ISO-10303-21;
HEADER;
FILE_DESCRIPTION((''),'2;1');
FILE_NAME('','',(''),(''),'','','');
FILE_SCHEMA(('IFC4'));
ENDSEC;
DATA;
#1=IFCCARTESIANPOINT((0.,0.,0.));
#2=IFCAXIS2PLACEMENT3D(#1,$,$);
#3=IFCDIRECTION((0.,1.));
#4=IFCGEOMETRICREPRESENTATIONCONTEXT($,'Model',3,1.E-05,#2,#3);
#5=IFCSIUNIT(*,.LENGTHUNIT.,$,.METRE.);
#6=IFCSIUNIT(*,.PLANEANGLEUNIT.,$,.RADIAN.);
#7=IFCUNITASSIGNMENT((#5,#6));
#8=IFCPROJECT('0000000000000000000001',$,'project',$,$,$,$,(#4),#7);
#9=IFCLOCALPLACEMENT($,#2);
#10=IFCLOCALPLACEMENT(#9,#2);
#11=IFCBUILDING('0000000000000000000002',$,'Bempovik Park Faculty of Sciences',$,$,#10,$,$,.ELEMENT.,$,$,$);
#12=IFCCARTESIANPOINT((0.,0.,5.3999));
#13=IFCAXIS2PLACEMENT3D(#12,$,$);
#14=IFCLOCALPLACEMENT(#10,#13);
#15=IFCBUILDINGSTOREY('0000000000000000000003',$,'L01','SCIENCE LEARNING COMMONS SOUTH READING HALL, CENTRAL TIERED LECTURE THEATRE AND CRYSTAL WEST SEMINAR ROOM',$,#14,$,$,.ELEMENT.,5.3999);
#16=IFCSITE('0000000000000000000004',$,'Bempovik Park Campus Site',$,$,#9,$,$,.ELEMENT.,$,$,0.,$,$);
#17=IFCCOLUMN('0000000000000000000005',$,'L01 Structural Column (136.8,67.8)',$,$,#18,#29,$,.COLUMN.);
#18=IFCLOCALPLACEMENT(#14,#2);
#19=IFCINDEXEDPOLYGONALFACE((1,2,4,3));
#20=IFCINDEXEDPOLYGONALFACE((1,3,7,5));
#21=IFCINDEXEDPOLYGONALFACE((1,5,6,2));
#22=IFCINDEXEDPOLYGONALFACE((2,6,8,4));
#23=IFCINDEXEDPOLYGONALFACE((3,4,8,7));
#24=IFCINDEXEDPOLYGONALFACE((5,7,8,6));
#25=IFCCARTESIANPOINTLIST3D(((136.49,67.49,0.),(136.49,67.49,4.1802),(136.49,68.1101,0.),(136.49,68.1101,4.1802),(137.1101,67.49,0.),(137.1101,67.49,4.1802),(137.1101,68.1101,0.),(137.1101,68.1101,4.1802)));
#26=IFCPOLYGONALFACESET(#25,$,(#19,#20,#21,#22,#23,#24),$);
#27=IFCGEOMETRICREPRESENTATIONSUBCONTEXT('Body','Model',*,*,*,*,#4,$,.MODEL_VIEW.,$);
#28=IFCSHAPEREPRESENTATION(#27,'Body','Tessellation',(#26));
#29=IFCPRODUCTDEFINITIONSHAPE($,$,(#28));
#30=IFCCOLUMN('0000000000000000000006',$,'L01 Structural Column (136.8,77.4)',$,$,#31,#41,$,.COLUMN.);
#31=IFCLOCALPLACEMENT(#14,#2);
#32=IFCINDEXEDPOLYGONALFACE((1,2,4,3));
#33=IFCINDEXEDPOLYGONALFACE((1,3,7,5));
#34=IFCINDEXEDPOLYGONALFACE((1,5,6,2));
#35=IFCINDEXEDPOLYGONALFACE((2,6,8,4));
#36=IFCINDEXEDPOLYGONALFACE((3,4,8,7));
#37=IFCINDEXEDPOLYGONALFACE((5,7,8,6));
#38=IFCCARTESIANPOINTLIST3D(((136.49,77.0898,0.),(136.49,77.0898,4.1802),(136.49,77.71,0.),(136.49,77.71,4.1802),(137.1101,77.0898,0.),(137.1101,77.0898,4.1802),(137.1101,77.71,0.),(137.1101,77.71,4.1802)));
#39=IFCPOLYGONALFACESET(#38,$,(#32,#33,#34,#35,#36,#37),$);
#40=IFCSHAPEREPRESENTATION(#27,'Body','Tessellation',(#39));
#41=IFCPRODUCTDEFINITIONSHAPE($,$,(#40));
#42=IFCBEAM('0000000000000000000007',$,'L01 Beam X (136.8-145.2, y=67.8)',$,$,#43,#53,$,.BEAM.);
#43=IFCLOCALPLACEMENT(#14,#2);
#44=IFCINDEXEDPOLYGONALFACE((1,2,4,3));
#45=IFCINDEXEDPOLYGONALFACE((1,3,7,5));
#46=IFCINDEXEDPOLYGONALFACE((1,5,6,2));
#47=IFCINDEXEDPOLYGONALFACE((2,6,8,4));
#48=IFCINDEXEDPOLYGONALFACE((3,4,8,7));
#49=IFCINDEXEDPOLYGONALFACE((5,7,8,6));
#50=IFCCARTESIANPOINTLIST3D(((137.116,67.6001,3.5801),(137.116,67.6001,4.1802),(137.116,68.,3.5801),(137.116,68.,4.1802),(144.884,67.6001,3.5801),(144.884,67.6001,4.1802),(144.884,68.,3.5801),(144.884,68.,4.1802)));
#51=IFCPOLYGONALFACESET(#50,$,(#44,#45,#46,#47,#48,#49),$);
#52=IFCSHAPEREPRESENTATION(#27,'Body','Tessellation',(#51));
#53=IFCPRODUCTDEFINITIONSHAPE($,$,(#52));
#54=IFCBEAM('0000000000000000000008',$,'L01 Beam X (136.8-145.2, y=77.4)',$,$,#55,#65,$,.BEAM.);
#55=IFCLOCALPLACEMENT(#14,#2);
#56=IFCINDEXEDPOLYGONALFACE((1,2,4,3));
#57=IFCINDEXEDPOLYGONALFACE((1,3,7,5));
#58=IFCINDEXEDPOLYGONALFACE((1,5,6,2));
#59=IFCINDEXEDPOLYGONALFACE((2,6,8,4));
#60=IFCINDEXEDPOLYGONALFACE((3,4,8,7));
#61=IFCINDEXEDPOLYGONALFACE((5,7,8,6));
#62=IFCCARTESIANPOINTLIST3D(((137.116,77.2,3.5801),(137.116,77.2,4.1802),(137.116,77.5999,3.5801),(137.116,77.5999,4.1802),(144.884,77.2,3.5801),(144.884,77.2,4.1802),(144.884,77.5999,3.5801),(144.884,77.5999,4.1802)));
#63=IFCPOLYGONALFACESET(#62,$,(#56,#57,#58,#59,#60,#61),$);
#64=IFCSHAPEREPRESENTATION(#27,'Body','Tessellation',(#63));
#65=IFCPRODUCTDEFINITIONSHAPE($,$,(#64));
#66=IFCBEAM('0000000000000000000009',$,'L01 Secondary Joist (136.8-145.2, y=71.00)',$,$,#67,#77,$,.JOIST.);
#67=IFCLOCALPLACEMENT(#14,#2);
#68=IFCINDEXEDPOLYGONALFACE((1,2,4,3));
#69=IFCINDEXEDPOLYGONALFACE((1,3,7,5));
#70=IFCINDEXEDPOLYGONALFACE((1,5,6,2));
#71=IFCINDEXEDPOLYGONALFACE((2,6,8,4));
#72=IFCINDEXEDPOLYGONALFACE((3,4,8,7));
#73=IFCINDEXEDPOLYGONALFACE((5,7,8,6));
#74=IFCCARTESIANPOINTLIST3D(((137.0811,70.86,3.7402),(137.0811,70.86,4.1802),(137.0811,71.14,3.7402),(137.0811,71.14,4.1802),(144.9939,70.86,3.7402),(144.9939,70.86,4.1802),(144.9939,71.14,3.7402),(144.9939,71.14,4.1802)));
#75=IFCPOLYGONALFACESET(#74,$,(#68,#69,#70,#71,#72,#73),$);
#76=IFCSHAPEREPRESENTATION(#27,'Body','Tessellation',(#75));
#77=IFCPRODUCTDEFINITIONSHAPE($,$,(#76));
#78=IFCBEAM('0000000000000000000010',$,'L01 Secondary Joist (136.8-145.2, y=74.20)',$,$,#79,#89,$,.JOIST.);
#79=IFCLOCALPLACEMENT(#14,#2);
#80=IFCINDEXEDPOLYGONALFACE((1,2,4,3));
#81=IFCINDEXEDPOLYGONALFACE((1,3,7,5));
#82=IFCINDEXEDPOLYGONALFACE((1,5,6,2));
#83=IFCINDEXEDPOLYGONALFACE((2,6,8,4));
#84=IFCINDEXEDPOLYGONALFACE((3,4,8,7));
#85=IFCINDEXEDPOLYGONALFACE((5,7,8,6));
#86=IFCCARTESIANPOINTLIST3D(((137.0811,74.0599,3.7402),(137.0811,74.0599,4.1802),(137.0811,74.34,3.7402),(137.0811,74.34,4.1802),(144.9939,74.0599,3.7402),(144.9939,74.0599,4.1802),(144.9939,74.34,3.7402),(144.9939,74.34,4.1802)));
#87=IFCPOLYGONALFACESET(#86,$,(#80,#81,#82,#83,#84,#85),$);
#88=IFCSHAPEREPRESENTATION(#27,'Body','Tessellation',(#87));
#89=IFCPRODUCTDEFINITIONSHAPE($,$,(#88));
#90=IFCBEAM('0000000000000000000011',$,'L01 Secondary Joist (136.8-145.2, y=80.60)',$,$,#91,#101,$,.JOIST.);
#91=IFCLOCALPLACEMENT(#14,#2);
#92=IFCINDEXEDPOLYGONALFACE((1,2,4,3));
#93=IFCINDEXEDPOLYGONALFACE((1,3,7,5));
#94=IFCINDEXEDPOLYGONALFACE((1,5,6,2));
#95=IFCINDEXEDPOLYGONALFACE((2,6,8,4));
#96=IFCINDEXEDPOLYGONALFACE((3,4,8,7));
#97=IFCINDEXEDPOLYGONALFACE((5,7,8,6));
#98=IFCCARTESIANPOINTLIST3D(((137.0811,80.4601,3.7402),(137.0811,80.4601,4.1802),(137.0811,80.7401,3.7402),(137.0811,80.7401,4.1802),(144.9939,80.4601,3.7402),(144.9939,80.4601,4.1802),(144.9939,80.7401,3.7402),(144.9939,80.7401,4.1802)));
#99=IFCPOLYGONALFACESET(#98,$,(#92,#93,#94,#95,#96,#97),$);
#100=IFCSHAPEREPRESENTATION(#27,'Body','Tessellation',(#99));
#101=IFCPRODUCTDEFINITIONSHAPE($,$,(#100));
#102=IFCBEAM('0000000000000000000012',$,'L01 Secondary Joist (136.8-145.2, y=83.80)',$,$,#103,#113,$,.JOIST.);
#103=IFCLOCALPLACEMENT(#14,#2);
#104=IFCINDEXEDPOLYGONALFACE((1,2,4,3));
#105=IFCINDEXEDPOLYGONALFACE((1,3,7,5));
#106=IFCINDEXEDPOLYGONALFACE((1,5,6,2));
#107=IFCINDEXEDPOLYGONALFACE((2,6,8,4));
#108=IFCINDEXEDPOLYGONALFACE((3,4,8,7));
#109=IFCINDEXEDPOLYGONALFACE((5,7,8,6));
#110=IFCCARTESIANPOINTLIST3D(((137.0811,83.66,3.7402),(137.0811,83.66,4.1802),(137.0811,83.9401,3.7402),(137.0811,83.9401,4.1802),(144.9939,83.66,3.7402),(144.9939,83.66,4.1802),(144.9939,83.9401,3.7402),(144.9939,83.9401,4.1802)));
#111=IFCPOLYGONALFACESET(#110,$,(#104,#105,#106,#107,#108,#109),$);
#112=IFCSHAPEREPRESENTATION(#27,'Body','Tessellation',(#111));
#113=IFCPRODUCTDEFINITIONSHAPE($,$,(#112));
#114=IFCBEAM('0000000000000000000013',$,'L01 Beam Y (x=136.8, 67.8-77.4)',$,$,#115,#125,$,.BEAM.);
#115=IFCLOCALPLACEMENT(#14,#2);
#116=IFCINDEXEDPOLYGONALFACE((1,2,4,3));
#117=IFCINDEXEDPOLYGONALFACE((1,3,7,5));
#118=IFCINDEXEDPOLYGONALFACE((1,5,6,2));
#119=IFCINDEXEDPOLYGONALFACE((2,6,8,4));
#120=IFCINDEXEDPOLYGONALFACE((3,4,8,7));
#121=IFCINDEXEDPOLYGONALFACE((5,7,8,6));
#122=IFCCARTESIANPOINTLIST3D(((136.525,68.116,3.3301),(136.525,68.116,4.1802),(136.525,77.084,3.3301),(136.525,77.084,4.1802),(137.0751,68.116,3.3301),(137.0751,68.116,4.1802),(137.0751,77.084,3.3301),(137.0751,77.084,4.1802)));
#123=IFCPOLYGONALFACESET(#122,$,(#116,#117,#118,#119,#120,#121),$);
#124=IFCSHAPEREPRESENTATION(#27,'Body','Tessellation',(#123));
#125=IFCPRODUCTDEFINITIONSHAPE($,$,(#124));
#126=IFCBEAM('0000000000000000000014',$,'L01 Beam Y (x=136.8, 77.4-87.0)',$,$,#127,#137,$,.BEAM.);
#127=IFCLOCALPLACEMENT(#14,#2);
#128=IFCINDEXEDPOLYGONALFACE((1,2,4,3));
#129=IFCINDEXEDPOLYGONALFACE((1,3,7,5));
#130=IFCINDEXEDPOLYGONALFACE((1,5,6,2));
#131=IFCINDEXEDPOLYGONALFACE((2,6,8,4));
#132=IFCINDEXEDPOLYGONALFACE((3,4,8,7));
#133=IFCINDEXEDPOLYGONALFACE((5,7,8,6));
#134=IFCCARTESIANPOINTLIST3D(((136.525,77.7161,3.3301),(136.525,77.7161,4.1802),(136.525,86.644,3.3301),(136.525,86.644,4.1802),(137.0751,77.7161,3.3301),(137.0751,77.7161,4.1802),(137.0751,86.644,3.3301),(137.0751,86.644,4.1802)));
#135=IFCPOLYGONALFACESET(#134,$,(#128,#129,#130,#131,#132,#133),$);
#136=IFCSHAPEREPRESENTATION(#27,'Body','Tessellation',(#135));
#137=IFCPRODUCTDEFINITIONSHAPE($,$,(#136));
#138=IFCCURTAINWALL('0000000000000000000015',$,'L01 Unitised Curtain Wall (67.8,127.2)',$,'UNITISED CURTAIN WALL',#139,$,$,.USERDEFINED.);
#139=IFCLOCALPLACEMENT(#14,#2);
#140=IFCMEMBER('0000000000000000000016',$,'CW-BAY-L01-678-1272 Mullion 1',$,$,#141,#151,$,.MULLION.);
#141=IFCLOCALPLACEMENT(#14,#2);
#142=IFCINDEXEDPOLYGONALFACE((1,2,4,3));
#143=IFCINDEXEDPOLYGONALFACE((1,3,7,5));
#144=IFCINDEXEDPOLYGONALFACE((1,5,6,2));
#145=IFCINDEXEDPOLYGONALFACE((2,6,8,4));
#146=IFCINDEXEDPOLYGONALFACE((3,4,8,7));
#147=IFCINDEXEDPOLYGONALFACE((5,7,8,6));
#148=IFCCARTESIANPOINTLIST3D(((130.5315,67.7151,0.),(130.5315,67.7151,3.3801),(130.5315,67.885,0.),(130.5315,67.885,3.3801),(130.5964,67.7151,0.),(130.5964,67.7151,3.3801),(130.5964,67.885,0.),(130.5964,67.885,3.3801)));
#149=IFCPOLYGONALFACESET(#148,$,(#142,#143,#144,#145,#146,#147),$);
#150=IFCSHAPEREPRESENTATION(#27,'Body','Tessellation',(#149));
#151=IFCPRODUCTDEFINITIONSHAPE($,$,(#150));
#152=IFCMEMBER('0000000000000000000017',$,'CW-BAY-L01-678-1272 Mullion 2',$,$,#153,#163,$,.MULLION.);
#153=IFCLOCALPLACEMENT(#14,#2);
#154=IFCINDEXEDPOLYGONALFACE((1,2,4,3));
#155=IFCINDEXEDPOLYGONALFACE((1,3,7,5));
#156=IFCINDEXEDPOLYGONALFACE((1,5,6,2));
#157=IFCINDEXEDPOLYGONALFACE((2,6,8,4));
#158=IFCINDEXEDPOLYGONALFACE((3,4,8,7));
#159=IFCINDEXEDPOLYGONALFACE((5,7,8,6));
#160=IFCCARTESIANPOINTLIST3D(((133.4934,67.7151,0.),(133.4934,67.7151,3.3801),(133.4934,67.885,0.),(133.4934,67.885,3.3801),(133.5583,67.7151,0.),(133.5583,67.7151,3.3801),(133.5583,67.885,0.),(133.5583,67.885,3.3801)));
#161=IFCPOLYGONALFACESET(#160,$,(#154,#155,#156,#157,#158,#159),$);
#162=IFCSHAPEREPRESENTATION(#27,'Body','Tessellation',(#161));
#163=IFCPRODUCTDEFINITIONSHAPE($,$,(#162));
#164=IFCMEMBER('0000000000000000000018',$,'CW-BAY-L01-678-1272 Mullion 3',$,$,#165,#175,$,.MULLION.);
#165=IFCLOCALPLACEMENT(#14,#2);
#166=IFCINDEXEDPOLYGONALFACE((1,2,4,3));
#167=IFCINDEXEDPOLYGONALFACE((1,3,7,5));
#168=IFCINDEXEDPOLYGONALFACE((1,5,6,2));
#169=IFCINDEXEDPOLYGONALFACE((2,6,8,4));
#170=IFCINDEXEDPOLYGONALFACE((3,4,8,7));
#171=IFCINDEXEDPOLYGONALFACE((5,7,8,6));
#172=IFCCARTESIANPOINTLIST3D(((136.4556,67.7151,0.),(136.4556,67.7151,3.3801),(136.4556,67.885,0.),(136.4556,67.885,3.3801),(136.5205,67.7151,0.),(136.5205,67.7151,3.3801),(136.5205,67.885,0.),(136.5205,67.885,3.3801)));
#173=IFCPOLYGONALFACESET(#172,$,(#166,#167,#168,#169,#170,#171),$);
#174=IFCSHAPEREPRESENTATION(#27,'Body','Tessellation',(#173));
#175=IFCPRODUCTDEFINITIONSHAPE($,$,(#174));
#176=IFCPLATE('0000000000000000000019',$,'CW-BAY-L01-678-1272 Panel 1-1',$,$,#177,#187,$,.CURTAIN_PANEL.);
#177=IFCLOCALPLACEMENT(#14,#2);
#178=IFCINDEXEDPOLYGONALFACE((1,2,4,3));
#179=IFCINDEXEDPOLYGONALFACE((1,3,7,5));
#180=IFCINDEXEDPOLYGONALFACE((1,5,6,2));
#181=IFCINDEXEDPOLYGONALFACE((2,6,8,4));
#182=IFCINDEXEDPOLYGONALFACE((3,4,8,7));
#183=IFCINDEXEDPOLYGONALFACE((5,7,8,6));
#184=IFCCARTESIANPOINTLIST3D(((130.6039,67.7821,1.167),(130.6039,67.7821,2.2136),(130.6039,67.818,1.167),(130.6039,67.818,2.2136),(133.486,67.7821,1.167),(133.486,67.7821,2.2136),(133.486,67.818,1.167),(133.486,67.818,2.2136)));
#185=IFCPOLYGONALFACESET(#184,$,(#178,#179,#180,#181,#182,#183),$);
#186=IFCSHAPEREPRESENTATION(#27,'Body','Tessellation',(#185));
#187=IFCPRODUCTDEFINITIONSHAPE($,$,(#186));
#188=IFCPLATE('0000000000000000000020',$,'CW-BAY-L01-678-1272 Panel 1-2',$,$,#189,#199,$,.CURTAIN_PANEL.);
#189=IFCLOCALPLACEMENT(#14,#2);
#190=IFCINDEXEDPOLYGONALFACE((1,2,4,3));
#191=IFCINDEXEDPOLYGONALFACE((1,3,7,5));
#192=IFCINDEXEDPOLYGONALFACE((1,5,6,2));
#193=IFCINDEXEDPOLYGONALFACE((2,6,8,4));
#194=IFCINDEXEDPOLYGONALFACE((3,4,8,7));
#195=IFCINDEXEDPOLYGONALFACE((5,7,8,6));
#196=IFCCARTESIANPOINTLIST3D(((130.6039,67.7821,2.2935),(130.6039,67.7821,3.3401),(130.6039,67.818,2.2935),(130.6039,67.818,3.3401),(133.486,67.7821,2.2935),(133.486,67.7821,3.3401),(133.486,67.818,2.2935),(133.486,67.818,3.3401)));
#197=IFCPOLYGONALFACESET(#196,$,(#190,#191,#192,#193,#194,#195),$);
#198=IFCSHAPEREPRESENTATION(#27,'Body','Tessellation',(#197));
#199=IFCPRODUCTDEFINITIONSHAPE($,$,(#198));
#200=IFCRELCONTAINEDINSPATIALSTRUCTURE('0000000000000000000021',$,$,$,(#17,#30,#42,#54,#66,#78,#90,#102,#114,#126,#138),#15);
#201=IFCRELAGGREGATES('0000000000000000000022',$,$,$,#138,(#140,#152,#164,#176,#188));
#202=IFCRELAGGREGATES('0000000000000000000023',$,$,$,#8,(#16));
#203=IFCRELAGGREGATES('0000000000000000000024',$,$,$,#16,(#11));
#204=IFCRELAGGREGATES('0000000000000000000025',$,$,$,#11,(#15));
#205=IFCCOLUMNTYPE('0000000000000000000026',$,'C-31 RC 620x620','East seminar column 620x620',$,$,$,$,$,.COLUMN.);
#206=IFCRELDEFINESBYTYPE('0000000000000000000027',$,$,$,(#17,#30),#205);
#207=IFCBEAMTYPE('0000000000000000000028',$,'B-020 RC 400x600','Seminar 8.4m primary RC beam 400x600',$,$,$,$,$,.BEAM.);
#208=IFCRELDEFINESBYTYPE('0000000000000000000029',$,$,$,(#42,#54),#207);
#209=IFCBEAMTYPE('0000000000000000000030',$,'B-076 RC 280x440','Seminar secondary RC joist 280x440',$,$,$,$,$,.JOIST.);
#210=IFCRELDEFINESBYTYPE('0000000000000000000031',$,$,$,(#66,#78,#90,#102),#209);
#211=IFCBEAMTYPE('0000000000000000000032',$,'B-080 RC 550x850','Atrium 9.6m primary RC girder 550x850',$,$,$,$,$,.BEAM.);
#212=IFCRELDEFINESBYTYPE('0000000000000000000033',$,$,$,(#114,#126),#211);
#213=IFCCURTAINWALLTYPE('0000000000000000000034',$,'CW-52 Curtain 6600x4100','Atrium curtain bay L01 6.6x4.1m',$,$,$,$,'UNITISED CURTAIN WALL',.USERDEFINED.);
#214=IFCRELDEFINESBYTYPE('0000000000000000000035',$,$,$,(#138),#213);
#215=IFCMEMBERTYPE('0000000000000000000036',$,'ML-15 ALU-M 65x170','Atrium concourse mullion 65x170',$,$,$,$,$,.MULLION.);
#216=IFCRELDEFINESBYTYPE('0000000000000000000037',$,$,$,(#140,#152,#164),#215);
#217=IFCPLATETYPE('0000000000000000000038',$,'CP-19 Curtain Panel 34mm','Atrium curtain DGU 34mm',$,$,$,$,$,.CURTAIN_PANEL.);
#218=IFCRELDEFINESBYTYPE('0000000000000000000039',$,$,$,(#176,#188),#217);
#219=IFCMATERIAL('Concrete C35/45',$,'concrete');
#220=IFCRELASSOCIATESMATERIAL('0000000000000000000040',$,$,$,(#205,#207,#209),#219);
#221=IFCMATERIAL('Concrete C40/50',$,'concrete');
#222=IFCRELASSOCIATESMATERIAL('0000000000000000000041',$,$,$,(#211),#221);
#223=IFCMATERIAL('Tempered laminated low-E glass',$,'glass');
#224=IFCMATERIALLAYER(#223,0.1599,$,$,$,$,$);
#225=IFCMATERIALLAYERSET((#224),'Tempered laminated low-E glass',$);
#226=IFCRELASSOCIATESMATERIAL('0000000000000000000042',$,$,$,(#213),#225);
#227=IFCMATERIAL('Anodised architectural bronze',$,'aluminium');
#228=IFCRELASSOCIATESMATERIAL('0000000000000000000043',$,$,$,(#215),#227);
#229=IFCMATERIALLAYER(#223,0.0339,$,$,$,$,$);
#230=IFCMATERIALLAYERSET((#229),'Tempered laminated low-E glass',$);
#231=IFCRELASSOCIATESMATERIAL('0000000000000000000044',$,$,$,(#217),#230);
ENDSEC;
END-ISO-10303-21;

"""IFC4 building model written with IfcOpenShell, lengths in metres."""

from ifc_helpers import new_model, si_unit, direction, frame, origin, origin_2d, place, context, subcontext, project, spatial, rectangle, extrude, material, layer, layer_set, material_profile, profile_set, type_object, element, aggregate, save


model = new_model("IFC4")

# Units and contexts
model_context = context("Model", 3, precision=1e-05, world=origin(), true_north=direction((0.0, 1.0)))
body_context = subcontext(model_context, "Body", "Model", "MODEL_VIEW")
ifc_project = project(units=[si_unit("LENGTHUNIT", "METRE"), si_unit("PLANEANGLEUNIT", "RADIAN")], contexts=[model_context])

# Site, building, storey
site_placement = place(None, origin())
site = spatial("IfcSite", under=ifc_project, at=site_placement, Name="Bempovik Park Campus Site", CompositionType="ELEMENT", RefElevation=0.0)
building_placement = place(site_placement, origin())
building = spatial("IfcBuilding", under=site, at=building_placement, Name="Bempovik Park Faculty of Sciences", CompositionType="ELEMENT")
storey_placement = place(building_placement, frame((0.0, 0.0, 5.3999)))
storey = spatial("IfcBuildingStorey", under=building, at=storey_placement, Name="L01", Description="SCIENCE LEARNING COMMONS SOUTH READING HALL, CENTRAL TIERED LECTURE THEATRE AND CRYSTAL WEST SEMINAR ROOM", CompositionType="ELEMENT", Elevation=5.3999)

# Columns
ifc_material_1 = material(Name="Concrete C35/45", Category="concrete")
ifc_material_profile_1 = material_profile(ifc_material_1, rectangle(XDim=0.6201, YDim=0.6201, at=origin_2d()), Name="RC 620x620")
ifc_profile_set_1 = profile_set([ifc_material_profile_1], Name="Concrete C35/45")
column_type = type_object("IfcColumnType", Name="C-31 RC 620x620", Description="East seminar column 620x620", PredefinedType="COLUMN", material=ifc_profile_set_1)
for number, where, z_axis, x_axis, name in (
    (1, (136.8, 67.8, 0.0), (0.0, 0.0, 1.0), (1.0, 0.0, 0.0), "L01 Structural Column (136.8,67.8)"),
    (2, (136.8, 77.3999, 0.0), (0.0, 0.0, 1.0), (1.0, 0.0, 0.0), "L01 Structural Column (136.8,77.4)"),
):
    element("IfcColumn", number, at=place(storey_placement, frame(where, z_axis=z_axis, x_axis=x_axis)), inside=storey, type_object=column_type, Name=name, PredefinedType="COLUMN", context=body_context, shape_type="SweptSolid", body=[
        extrude(rectangle(XDim=0.6201, YDim=0.6201, at=origin_2d()), origin(), (0.0, 0.0, 1.0), 4.1802),
    ])

# Beams
ifc_material_profile_2 = material_profile(ifc_material_1, rectangle(XDim=0.3999, YDim=0.6001, at=origin_2d()), Name="RC 400x600")
ifc_profile_set_2 = profile_set([ifc_material_profile_2], Name="Concrete C35/45")
beam_type_1 = type_object("IfcBeamType", Name="B-020 RC 400x600", Description="Seminar 8.4m primary RC beam 400x600", PredefinedType="BEAM", material=ifc_profile_set_2)
for number, where, z_axis, x_axis, name in (
    (3, (137.116, 67.8, 3.8801), (1.0, 0.0, 0.0), (0.0, 1.0, 0.0), "L01 Beam X (136.8-145.2, y=67.8)"),
    (4, (137.116, 77.3999, 3.8801), (1.0, 0.0, 0.0), (0.0, 1.0, 0.0), "L01 Beam X (136.8-145.2, y=77.4)"),
):
    element("IfcBeam", number, at=place(storey_placement, frame(where, z_axis=z_axis, x_axis=x_axis)), inside=storey, type_object=beam_type_1, Name=name, PredefinedType="BEAM", context=body_context, shape_type="SweptSolid", body=[
        extrude(rectangle(XDim=0.3999, YDim=0.6001, at=origin_2d()), origin(), (0.0, 0.0, 1.0), 7.7681),
    ])
ifc_material_profile_3 = material_profile(ifc_material_1, rectangle(XDim=0.28, YDim=0.4399, at=origin_2d()), Name="RC 280x440")
ifc_profile_set_3 = profile_set([ifc_material_profile_3], Name="Concrete C35/45")
beam_type_2 = type_object("IfcBeamType", Name="B-076 RC 280x440", Description="Seminar secondary RC joist 280x440", PredefinedType="JOIST", material=ifc_profile_set_3)
for number, where, z_axis, x_axis, name in (
    (5, (137.0811, 71.0, 3.9602), (1.0, 0.0, 0.0), (0.0, 1.0, 0.0), "L01 Secondary Joist (136.8-145.2, y=71.00)"),
    (6, (137.0811, 74.2, 3.9602), (1.0, 0.0, 0.0), (0.0, 1.0, 0.0), "L01 Secondary Joist (136.8-145.2, y=74.20)"),
    (7, (137.0811, 80.6001, 3.9602), (1.0, 0.0, 0.0), (0.0, 1.0, 0.0), "L01 Secondary Joist (136.8-145.2, y=80.60)"),
    (8, (137.0811, 83.8, 3.9602), (1.0, 0.0, 0.0), (0.0, 1.0, 0.0), "L01 Secondary Joist (136.8-145.2, y=83.80)"),
):
    element("IfcBeam", number, at=place(storey_placement, frame(where, z_axis=z_axis, x_axis=x_axis)), inside=storey, type_object=beam_type_2, Name=name, PredefinedType="JOIST", context=body_context, shape_type="SweptSolid", body=[
        extrude(rectangle(XDim=0.28, YDim=0.4399, at=origin_2d()), origin(), (0.0, 0.0, 1.0), 7.9128),
    ])
ifc_material_2 = material(Name="Concrete C40/50", Category="concrete")
ifc_material_profile_4 = material_profile(ifc_material_2, rectangle(XDim=0.55, YDim=0.8501, at=origin_2d()), Name="RC 550x850")
ifc_profile_set_4 = profile_set([ifc_material_profile_4], Name="Concrete C40/50")
beam_type_3 = type_object("IfcBeamType", Name="B-080 RC 550x850", Description="Atrium 9.6m primary RC girder 550x850", PredefinedType="BEAM", material=ifc_profile_set_4)
beam_1_placement = place(storey_placement, frame((136.8, 68.116, 3.7551), z_axis=(0.0, 1.0, 0.0), x_axis=(-1.0, 0.0, 0.0)))
element("IfcBeam", 9, at=beam_1_placement, inside=storey, type_object=beam_type_3, Name="L01 Beam Y (x=136.8, 67.8-77.4)", PredefinedType="BEAM", context=body_context, shape_type="SweptSolid", body=[
    extrude(rectangle(XDim=0.55, YDim=0.8501, at=origin_2d()), origin(), (0.0, 0.0, 1.0), 8.968),
])
beam_2_placement = place(storey_placement, frame((136.8, 77.7161, 3.7551), z_axis=(0.0, 1.0, 0.0), x_axis=(-1.0, 0.0, 0.0)))
element("IfcBeam", 10, at=beam_2_placement, inside=storey, type_object=beam_type_3, Name="L01 Beam Y (x=136.8, 77.4-87.0)", PredefinedType="BEAM", context=body_context, shape_type="SweptSolid", body=[
    extrude(rectangle(XDim=0.55, YDim=0.8501, at=origin_2d()), origin(), (0.0, 0.0, 1.0), 8.928),
])

# Curtain wall, members, plates
ifc_material_3 = material(Name="Tempered laminated low-E glass", Category="glass")
ifc_layer_1 = layer(ifc_material_3, 0.1599)
ifc_layer_set_1 = layer_set([ifc_layer_1], Name="Tempered laminated low-E glass")
curtain_wall_type = type_object("IfcCurtainWallType", Name="CW-52 Curtain 6600x4100", Description="Atrium curtain bay L01 6.6x4.1m", ElementType="UNITISED CURTAIN WALL", PredefinedType="USERDEFINED", material=ifc_layer_set_1)
curtain_wall_placement = place(storey_placement, origin())
curtain_wall = element("IfcCurtainWall", 11, at=curtain_wall_placement, inside=storey, type_object=curtain_wall_type, Name="L01 Unitised Curtain Wall (67.8,127.2)", ObjectType="UNITISED CURTAIN WALL", PredefinedType="USERDEFINED")
ifc_material_4 = material(Name="Anodised architectural bronze", Category="aluminium")
ifc_material_profile_5 = material_profile(ifc_material_4, rectangle(XDim=0.0649, YDim=0.1699, at=origin_2d()), Name="ALU-M 65x170")
ifc_profile_set_5 = profile_set([ifc_material_profile_5], Name="Anodised architectural bronze")
member_type = type_object("IfcMemberType", Name="ML-15 ALU-M 65x170", Description="Atrium concourse mullion 65x170", PredefinedType="MULLION", material=ifc_profile_set_5)
member_1_placement = place(storey_placement, frame((130.564, 67.8, 0.0), z_axis=(0.0, 0.0, 1.0), x_axis=(1.0, 0.0, 0.0)))
member_1 = element("IfcMember", 12, at=member_1_placement, type_object=member_type, Name="CW-BAY-L01-678-1272 Mullion 1", PredefinedType="MULLION", context=body_context, shape_type="SweptSolid", body=[
    extrude(rectangle(XDim=0.0649, YDim=0.1699, at=origin_2d()), origin(), (0.0, 0.0, 1.0), 3.3801),
])
member_2_placement = place(storey_placement, frame((133.5259, 67.8, 0.0), z_axis=(0.0, 0.0, 1.0), x_axis=(1.0, 0.0, 0.0)))
member_2 = element("IfcMember", 13, at=member_2_placement, type_object=member_type, Name="CW-BAY-L01-678-1272 Mullion 2", PredefinedType="MULLION", context=body_context, shape_type="SweptSolid", body=[
    extrude(rectangle(XDim=0.0649, YDim=0.1699, at=origin_2d()), origin(), (0.0, 0.0, 1.0), 3.3801),
])
member_3_placement = place(storey_placement, frame((136.488, 67.8, 0.0), z_axis=(0.0, 0.0, 1.0), x_axis=(1.0, 0.0, 0.0)))
member_3 = element("IfcMember", 14, at=member_3_placement, type_object=member_type, Name="CW-BAY-L01-678-1272 Mullion 3", PredefinedType="MULLION", context=body_context, shape_type="SweptSolid", body=[
    extrude(rectangle(XDim=0.0649, YDim=0.1699, at=origin_2d()), origin(), (0.0, 0.0, 1.0), 3.3801),
])
ifc_layer_2 = layer(ifc_material_3, 0.0339)
ifc_layer_set_2 = layer_set([ifc_layer_2], Name="Tempered laminated low-E glass")
plate_type_1 = type_object("IfcPlateType", Name="CP-19 Curtain Panel 34mm", Description="Atrium curtain DGU 34mm", PredefinedType="CURTAIN_PANEL", material=ifc_layer_set_2)
plate_1_placement = place(storey_placement, frame((132.0449, 67.8, 1.167), z_axis=(0.0, 0.0, 1.0), x_axis=(1.0, 0.0, 0.0)))
plate_1 = element("IfcPlate", 15, at=plate_1_placement, type_object=plate_type_1, Name="CW-BAY-L01-678-1272 Panel 1-1", PredefinedType="CURTAIN_PANEL", context=body_context, shape_type="SweptSolid", body=[
    extrude(rectangle(XDim=2.8821, YDim=0.0359, at=origin_2d()), origin(), (0.0, 0.0, 1.0), 1.0466),
])
plate_2_placement = place(storey_placement, frame((132.0449, 67.8, 2.2935), z_axis=(0.0, 0.0, 1.0), x_axis=(1.0, 0.0, 0.0)))
plate_2 = element("IfcPlate", 16, at=plate_2_placement, type_object=plate_type_1, Name="CW-BAY-L01-678-1272 Panel 1-2", PredefinedType="CURTAIN_PANEL", context=body_context, shape_type="SweptSolid", body=[
    extrude(rectangle(XDim=2.8821, YDim=0.0359, at=origin_2d()), origin(), (0.0, 0.0, 1.0), 1.0466),
])
aggregate(curtain_wall, [member_1, member_2, member_3, plate_1, plate_2])

save(model, "model.ifc")
